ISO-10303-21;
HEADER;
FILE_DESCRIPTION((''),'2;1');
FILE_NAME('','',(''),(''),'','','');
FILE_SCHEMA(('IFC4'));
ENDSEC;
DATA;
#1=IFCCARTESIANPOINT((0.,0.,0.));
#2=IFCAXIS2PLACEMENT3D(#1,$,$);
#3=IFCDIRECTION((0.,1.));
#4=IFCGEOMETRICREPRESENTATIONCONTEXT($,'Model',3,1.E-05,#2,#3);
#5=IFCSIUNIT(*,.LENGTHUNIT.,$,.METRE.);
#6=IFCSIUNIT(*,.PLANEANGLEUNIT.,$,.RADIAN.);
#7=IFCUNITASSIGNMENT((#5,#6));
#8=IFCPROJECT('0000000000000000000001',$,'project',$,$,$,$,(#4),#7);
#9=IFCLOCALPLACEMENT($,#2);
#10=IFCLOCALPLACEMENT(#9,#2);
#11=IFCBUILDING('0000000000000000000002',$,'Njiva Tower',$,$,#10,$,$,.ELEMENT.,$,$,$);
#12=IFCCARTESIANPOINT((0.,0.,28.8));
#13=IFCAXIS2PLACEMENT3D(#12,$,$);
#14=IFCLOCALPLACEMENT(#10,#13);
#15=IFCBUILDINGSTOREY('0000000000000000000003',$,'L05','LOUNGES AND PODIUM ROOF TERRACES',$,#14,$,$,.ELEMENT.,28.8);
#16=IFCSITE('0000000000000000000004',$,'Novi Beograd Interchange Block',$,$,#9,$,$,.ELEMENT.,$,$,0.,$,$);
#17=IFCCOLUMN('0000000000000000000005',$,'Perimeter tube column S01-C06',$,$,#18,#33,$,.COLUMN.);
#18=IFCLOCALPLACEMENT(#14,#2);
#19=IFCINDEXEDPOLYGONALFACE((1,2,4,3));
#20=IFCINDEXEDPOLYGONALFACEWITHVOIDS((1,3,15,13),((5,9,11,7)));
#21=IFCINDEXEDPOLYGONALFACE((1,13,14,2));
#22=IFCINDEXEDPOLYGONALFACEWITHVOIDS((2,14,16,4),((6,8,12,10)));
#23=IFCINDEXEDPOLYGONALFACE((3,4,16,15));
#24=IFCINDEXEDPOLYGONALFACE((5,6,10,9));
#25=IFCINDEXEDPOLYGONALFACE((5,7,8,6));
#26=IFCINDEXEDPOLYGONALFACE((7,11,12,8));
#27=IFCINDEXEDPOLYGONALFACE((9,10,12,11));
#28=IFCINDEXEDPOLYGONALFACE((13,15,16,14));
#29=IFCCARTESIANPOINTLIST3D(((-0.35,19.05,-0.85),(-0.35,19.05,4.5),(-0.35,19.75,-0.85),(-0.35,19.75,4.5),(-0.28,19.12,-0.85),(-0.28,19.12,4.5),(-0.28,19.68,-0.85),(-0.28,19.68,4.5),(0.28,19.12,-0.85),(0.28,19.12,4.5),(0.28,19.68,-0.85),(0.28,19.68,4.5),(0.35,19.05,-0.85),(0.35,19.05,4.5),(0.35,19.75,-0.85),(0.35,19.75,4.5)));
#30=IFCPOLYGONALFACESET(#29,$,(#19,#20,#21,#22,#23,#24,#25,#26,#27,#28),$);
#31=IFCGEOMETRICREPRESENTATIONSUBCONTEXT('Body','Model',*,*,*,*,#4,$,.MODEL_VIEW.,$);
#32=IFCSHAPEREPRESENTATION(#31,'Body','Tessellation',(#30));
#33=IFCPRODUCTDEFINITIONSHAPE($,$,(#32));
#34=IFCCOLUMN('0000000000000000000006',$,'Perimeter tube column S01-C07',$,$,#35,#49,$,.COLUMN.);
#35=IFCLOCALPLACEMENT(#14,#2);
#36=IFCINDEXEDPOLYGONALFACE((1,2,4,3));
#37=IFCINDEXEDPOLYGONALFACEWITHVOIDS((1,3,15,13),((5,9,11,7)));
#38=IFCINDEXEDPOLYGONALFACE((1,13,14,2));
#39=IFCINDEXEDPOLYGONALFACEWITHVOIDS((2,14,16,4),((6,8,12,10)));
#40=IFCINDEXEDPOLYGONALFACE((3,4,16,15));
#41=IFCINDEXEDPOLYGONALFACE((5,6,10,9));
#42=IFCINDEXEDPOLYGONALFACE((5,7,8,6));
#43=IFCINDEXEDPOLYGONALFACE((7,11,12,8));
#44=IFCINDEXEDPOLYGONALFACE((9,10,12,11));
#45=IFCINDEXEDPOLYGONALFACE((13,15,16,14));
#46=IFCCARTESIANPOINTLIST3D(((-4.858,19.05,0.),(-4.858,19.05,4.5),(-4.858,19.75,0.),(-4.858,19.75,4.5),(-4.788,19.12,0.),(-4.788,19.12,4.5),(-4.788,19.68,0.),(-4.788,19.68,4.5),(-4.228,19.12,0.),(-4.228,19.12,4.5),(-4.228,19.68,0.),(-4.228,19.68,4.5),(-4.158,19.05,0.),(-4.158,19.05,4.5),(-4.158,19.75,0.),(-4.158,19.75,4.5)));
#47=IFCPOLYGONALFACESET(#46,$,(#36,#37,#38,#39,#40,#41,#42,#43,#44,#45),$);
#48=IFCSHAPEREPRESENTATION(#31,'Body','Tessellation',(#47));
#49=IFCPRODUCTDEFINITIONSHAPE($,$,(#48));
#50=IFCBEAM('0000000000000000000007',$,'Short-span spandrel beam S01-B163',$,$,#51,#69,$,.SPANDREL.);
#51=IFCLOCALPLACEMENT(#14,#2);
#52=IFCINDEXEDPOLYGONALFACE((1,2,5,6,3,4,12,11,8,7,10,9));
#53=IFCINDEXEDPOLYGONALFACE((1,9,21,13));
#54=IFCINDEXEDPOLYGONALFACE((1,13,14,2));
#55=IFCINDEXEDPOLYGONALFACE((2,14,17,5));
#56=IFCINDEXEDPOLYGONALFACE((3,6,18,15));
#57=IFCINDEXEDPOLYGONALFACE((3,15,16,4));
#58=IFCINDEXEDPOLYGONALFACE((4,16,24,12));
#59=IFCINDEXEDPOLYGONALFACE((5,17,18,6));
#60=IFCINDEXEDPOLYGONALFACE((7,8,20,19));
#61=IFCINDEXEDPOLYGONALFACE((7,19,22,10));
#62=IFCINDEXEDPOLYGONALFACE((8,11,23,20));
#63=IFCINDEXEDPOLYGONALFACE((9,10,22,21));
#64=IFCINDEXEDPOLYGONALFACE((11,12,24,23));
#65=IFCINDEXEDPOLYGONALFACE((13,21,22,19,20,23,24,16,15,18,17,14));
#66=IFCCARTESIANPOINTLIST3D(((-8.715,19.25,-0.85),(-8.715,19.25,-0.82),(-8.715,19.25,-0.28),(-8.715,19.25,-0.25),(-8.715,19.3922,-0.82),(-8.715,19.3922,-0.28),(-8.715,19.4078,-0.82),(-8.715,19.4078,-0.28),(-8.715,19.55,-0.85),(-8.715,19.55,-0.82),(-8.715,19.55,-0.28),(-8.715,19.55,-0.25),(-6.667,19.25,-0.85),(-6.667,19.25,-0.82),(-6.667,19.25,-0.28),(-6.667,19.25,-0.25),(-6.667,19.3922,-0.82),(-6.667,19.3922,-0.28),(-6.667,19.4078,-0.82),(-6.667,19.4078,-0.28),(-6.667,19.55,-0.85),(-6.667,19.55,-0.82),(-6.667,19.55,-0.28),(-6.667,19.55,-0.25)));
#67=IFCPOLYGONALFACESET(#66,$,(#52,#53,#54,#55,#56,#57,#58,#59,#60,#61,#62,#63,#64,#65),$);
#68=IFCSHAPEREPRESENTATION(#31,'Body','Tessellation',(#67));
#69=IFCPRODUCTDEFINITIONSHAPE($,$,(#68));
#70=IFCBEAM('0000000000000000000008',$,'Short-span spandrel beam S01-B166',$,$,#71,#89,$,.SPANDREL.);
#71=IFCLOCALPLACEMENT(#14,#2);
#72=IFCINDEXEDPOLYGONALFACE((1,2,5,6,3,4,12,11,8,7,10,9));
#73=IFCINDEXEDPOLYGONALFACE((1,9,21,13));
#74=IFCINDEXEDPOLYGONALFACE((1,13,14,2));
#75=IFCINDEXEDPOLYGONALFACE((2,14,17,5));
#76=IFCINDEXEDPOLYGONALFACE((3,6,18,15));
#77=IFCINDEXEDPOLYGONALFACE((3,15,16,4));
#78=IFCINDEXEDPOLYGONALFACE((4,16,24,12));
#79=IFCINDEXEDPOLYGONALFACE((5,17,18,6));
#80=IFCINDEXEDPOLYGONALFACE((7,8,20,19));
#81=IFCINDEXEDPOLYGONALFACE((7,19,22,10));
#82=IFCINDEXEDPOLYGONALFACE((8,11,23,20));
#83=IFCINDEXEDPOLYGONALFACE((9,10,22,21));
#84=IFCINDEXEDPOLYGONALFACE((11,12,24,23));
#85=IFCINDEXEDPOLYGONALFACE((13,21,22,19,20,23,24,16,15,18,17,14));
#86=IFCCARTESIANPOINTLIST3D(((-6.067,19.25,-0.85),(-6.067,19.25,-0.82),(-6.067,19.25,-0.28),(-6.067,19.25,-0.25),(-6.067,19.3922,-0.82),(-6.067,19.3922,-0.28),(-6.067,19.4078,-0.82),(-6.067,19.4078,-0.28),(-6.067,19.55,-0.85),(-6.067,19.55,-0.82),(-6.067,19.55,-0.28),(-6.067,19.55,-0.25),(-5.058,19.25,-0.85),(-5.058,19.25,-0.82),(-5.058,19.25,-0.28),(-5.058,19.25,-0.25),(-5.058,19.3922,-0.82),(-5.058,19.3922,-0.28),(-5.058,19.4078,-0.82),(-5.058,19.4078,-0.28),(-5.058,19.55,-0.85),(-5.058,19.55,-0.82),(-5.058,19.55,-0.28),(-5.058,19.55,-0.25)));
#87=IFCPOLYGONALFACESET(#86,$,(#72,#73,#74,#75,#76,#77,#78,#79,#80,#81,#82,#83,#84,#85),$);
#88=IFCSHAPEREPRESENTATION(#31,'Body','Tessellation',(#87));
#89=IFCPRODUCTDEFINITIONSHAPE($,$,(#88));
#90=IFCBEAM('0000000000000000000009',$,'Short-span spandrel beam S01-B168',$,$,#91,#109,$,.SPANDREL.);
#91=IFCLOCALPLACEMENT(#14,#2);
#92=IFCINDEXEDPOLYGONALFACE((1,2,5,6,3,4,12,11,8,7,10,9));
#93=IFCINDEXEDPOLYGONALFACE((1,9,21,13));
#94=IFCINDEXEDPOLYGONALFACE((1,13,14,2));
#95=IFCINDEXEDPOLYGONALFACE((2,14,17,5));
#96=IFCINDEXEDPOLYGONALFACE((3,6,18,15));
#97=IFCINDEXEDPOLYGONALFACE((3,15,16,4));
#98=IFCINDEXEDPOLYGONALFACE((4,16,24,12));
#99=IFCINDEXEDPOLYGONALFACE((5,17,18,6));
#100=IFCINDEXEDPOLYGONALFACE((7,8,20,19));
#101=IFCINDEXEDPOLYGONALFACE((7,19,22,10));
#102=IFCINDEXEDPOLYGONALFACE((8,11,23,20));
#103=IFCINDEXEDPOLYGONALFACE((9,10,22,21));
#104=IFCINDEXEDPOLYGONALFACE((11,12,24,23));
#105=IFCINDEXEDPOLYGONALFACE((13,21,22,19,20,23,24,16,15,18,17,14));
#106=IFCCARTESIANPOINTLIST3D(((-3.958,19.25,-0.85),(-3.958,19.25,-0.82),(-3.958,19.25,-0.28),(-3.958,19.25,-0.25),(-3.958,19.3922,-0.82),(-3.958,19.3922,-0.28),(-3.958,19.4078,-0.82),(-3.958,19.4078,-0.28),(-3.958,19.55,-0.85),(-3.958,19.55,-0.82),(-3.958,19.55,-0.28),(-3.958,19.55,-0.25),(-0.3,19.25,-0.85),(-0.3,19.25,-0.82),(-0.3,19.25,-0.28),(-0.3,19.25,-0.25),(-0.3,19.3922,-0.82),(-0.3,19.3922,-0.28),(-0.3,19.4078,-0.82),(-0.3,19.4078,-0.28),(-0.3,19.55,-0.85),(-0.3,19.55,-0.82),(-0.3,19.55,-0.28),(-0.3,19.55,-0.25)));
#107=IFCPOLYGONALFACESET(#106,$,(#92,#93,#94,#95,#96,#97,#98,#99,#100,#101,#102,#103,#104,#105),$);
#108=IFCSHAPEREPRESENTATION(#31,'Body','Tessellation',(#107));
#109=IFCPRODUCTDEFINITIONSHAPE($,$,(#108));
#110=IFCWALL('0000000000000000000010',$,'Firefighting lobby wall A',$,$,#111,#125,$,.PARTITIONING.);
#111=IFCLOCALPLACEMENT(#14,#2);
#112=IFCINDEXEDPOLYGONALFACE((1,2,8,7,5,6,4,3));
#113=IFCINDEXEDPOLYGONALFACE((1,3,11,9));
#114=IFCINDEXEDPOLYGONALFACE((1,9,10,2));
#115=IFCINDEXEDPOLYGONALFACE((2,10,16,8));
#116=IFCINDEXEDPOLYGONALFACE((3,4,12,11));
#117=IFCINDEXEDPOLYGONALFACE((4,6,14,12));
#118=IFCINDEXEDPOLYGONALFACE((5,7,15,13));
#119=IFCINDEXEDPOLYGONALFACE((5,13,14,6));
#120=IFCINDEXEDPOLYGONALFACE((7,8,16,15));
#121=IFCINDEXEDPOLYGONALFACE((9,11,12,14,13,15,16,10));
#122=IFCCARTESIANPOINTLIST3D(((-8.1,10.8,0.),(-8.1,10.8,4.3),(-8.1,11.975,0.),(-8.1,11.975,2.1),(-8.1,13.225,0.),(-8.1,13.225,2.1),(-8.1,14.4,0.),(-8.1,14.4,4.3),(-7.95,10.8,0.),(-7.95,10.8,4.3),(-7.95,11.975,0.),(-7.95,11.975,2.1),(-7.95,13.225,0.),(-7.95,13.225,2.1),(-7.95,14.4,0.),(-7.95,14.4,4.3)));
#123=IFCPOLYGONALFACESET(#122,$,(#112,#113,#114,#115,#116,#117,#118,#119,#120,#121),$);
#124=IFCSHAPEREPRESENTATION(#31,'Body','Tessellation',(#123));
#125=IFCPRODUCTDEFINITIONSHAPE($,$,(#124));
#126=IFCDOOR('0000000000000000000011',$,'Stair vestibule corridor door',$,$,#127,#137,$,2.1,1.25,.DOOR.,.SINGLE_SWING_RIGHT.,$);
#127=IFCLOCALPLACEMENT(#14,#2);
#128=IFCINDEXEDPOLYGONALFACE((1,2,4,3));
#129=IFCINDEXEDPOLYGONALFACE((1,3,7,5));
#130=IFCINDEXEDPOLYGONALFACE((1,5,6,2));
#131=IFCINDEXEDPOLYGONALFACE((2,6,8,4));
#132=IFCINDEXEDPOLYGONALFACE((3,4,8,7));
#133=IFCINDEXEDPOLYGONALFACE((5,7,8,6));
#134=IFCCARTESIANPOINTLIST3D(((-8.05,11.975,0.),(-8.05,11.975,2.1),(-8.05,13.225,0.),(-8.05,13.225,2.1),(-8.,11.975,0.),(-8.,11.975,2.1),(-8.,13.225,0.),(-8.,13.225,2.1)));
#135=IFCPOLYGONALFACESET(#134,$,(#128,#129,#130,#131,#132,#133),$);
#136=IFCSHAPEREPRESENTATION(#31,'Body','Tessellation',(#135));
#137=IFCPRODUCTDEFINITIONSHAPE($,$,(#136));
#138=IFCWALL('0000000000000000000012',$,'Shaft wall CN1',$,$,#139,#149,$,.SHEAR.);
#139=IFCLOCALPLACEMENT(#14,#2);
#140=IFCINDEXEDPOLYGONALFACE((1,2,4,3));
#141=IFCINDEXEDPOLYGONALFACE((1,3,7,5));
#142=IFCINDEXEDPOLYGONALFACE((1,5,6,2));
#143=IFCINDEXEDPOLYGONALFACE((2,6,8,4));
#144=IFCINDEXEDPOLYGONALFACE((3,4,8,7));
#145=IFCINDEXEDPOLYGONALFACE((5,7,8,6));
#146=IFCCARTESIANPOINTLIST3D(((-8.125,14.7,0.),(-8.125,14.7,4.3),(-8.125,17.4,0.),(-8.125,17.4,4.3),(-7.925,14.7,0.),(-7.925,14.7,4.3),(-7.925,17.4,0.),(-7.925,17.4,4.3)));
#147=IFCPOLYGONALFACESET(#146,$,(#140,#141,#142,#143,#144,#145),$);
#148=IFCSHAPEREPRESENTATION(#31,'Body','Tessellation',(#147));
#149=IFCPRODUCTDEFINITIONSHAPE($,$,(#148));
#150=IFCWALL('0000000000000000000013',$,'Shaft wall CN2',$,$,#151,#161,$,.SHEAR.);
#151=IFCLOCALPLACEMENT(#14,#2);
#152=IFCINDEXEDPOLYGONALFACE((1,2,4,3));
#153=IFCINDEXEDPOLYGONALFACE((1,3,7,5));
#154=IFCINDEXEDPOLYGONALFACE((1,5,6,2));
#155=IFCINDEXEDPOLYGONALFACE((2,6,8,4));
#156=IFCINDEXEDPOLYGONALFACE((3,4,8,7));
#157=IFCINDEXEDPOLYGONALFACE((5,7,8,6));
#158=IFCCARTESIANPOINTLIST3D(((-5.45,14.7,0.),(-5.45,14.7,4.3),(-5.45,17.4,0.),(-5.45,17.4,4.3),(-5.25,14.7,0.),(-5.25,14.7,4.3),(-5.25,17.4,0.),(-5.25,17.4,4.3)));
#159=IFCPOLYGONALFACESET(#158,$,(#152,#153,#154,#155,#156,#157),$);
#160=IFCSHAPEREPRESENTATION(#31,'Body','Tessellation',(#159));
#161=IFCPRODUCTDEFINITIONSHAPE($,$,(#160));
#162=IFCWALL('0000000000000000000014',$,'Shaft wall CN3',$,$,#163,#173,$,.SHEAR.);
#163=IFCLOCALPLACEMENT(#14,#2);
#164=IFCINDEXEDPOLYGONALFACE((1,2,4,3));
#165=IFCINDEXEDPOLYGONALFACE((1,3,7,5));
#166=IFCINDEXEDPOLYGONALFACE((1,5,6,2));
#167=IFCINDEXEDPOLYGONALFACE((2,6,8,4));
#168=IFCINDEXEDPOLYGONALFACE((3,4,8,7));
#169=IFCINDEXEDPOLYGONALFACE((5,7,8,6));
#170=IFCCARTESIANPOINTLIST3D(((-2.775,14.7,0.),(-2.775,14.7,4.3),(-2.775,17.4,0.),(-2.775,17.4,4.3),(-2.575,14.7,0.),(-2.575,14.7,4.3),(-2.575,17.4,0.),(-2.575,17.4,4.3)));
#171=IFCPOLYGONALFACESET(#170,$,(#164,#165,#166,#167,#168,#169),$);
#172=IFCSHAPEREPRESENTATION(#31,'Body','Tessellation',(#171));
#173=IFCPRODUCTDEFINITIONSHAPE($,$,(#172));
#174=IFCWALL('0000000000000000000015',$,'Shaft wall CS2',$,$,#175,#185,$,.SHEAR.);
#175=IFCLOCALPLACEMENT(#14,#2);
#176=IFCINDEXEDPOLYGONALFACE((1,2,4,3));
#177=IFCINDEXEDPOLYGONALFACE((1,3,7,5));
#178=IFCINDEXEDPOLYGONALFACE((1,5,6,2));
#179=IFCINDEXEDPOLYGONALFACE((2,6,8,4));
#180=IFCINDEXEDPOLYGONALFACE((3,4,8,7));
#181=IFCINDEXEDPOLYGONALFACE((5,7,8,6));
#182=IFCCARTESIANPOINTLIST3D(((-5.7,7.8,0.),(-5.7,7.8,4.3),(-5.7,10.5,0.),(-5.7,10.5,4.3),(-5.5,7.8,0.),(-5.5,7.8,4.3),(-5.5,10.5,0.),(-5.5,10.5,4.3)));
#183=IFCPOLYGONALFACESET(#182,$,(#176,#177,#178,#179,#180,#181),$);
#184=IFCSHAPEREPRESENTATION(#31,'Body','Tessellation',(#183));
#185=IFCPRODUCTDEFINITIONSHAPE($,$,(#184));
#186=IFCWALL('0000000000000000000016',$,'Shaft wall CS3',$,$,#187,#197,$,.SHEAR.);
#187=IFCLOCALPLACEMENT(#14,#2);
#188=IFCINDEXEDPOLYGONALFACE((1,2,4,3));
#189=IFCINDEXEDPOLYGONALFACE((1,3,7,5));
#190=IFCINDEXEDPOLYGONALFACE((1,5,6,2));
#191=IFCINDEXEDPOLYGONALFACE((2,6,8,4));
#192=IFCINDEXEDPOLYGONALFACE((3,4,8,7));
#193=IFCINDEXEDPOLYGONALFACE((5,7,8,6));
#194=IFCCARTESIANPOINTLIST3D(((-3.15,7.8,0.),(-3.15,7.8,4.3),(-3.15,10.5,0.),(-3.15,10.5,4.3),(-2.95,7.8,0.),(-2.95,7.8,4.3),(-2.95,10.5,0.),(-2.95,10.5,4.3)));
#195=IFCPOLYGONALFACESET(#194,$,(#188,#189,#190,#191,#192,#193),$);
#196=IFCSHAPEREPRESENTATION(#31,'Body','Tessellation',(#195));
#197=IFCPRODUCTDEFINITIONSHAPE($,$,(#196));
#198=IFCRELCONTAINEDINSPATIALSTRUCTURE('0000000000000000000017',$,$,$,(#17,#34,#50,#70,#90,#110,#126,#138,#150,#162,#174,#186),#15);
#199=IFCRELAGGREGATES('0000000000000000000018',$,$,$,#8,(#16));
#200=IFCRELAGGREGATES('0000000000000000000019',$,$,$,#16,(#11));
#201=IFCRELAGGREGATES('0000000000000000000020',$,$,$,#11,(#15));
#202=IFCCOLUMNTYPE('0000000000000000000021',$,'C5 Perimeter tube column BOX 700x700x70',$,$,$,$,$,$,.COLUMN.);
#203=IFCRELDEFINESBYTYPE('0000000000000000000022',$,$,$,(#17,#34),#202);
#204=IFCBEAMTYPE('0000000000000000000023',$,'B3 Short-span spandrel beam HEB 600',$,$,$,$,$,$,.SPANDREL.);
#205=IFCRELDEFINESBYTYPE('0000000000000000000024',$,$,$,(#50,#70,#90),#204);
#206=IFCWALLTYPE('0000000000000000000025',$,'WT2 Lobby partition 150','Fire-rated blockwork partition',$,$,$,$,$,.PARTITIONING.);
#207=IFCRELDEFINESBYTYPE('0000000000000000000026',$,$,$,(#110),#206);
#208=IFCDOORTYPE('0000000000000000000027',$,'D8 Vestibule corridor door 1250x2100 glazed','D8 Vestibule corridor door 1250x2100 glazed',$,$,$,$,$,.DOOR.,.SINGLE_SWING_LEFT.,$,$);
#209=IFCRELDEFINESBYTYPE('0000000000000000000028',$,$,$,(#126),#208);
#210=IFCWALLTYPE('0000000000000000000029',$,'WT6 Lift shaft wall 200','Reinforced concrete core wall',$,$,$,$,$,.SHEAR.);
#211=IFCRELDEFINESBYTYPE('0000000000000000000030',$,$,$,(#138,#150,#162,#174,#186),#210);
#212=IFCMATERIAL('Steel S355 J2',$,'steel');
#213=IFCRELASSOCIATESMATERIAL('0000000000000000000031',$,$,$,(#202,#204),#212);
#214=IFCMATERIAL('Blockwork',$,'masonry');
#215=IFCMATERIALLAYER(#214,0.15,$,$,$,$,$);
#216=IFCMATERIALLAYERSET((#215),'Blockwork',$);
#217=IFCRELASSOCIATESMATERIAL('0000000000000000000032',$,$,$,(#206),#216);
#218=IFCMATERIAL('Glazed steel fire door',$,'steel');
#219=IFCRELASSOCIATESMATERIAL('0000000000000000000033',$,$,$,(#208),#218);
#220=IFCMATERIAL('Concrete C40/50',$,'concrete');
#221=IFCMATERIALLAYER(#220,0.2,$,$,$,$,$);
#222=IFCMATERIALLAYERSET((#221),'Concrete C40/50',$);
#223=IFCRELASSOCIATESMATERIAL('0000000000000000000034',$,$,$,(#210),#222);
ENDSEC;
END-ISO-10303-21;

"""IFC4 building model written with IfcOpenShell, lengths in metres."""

from ifc_helpers import new_model, si_unit, direction, frame, frame_2d, origin, origin_2d, place, context, subcontext, project, spatial, rectangle, hollow_rectangle, i_section, extrude, material, layer, layer_set, material_profile, profile_set, type_object, element, fill, save


model = new_model("IFC4")

# Units and contexts
model_context = context("Model", 3, precision=1e-05, world=origin(), true_north=direction((0.0, 1.0)))
body_context = subcontext(model_context, "Body", "Model", "MODEL_VIEW")
ifc_project = project(units=[si_unit("LENGTHUNIT", "METRE"), si_unit("PLANEANGLEUNIT", "RADIAN")], contexts=[model_context])

# Site, building, storey
site_placement = place(None, origin())
site = spatial("IfcSite", under=ifc_project, at=site_placement, Name="Novi Beograd Interchange Block", CompositionType="ELEMENT", RefElevation=0.0)
building_placement = place(site_placement, origin())
building = spatial("IfcBuilding", under=site, at=building_placement, Name="Njiva Tower", CompositionType="ELEMENT")
storey_placement = place(building_placement, frame((0.0, 0.0, 28.8)))
storey = spatial("IfcBuildingStorey", under=building, at=storey_placement, Name="L05", Description="LOUNGES AND PODIUM ROOF TERRACES", CompositionType="ELEMENT", Elevation=28.8)

# Columns
ifc_material_1 = material(Name="Steel S355 J2", Category="steel")
ifc_material_profile_1 = material_profile(ifc_material_1, hollow_rectangle(XDim=0.7, YDim=0.7, WallThickness=0.07, at=origin_2d()), Name="BOX 700x700x70")
ifc_profile_set_1 = profile_set([ifc_material_profile_1], Name="Steel S355 J2")
column_type = type_object("IfcColumnType", Name="C5 Perimeter tube column BOX 700x700x70", PredefinedType="COLUMN", material=ifc_profile_set_1)
column_1_placement = place(storey_placement, frame((0.0, 19.4, -0.85), z_axis=(0.0, 0.0, 1.0), x_axis=(-1.0, 0.0, 0.0)))
element("IfcColumn", 1, at=column_1_placement, inside=storey, type_object=column_type, Name="Perimeter tube column S01-C06", PredefinedType="COLUMN", context=body_context, shape_type="SweptSolid", body=[
    extrude(hollow_rectangle(XDim=0.7, YDim=0.7, WallThickness=0.07, at=origin_2d()), origin(), (0.0, 0.0, 1.0), 5.35),
])
column_2_placement = place(storey_placement, frame((-4.508, 19.4, 0.0), z_axis=(0.0, 0.0, 1.0), x_axis=(-1.0, 0.0, 0.0)))
element("IfcColumn", 2, at=column_2_placement, inside=storey, type_object=column_type, Name="Perimeter tube column S01-C07", PredefinedType="COLUMN", context=body_context, shape_type="SweptSolid", body=[
    extrude(hollow_rectangle(XDim=0.7, YDim=0.7, WallThickness=0.07, at=origin_2d()), origin(), (0.0, 0.0, 1.0), 4.5),
])

# Beams
ifc_material_profile_2 = material_profile(ifc_material_1, i_section(OverallWidth=0.3, OverallDepth=0.6, WebThickness=0.0155, FlangeThickness=0.03, at=origin_2d()), Name="HEB 600")
ifc_profile_set_2 = profile_set([ifc_material_profile_2], Name="Steel S355 J2")
beam_type = type_object("IfcBeamType", Name="B3 Short-span spandrel beam HEB 600", PredefinedType="SPANDREL", material=ifc_profile_set_2)
beam_1_placement = place(storey_placement, frame((-8.715, 19.4, -0.55), z_axis=(1.0, 0.0, 0.0), x_axis=(0.0, 1.0, 0.0)))
element("IfcBeam", 3, at=beam_1_placement, inside=storey, type_object=beam_type, Name="Short-span spandrel beam S01-B163", PredefinedType="SPANDREL", context=body_context, shape_type="SweptSolid", body=[
    extrude(i_section(OverallWidth=0.3, OverallDepth=0.6, WebThickness=0.0155, FlangeThickness=0.03, at=origin_2d()), origin(), (0.0, 0.0, 1.0), 2.048),
])
beam_2_placement = place(storey_placement, frame((-6.067, 19.4, -0.55), z_axis=(1.0, 0.0, 0.0), x_axis=(0.0, 1.0, 0.0)))
element("IfcBeam", 4, at=beam_2_placement, inside=storey, type_object=beam_type, Name="Short-span spandrel beam S01-B166", PredefinedType="SPANDREL", context=body_context, shape_type="SweptSolid", body=[
    extrude(i_section(OverallWidth=0.3, OverallDepth=0.6, WebThickness=0.0155, FlangeThickness=0.03, at=origin_2d()), origin(), (0.0, 0.0, 1.0), 1.009),
])
beam_3_placement = place(storey_placement, frame((-3.958, 19.4, -0.55), z_axis=(1.0, 0.0, 0.0), x_axis=(0.0, 1.0, 0.0)))
element("IfcBeam", 5, at=beam_3_placement, inside=storey, type_object=beam_type, Name="Short-span spandrel beam S01-B168", PredefinedType="SPANDREL", context=body_context, shape_type="SweptSolid", body=[
    extrude(i_section(OverallWidth=0.3, OverallDepth=0.6, WebThickness=0.0155, FlangeThickness=0.03, at=origin_2d()), origin(), (0.0, 0.0, 1.0), 3.658),
])

# Wall, opening, door
ifc_material_2 = material(Name="Blockwork", Category="masonry")
ifc_layer_1 = layer(ifc_material_2, 0.15)
ifc_layer_set_1 = layer_set([ifc_layer_1], Name="Blockwork")
wall_type_1 = type_object("IfcWallType", Name="WT2 Lobby partition 150", Description="Fire-rated blockwork partition", PredefinedType="PARTITIONING", material=ifc_layer_set_1)
wall_placement = place(storey_placement, frame((-8.025, 10.8, 0.0), z_axis=(0.0, 0.0, 1.0), x_axis=(0.0, 1.0, 0.0)))
wall = element("IfcWall", 6, at=wall_placement, inside=storey, type_object=wall_type_1, Name="Firefighting lobby wall A", PredefinedType="PARTITIONING", context=body_context, shape_type="SweptSolid", body=[
    extrude(rectangle(XDim=3.6, YDim=0.15, at=frame_2d((1.8, 0.0))), origin(), (0.0, 0.0, 1.0), 4.3),
])
opening_placement = place(wall_placement, frame((1.175, 0.0, 0.0)))
opening = element("IfcOpeningElement", 7, at=opening_placement, cuts=wall, PredefinedType="OPENING", context=body_context, shape_type="SweptSolid", body=[
    extrude(rectangle(XDim=1.25, YDim=2.1, at=frame_2d((0.625, 1.05))), frame((0.0, 0.085, 0.0), z_axis=(0.0, -1.0, 0.0), x_axis=(1.0, 0.0, 0.0)), (0.0, 0.0, 1.0), 0.17),
])
ifc_material_3 = material(Name="Glazed steel fire door", Category="steel")
door_type = type_object("IfcDoorType", Name="D8 Vestibule corridor door 1250x2100 glazed", Description="D8 Vestibule corridor door 1250x2100 glazed", OperationType="SINGLE_SWING_LEFT", PredefinedType="DOOR", material=ifc_material_3)
door_placement = place(opening_placement, origin())
door = element("IfcDoor", 8, at=door_placement, inside=storey, type_object=door_type, Name="Stair vestibule corridor door", OperationType="SINGLE_SWING_RIGHT", OverallHeight=2.1, OverallWidth=1.25, PredefinedType="DOOR", context=body_context, shape_type="SweptSolid", body=[
    extrude(rectangle(XDim=1.25, YDim=2.1, at=frame_2d((0.625, 1.05))), frame((0.0, 0.025, 0.0), z_axis=(0.0, -1.0, 0.0), x_axis=(1.0, 0.0, 0.0)), (0.0, 0.0, 1.0), 0.05),
])
fill(opening, door)

# Walls
ifc_material_4 = material(Name="Concrete C40/50", Category="concrete")
ifc_layer_2 = layer(ifc_material_4, 0.2)
ifc_layer_set_2 = layer_set([ifc_layer_2], Name="Concrete C40/50")
wall_type_2 = type_object("IfcWallType", Name="WT6 Lift shaft wall 200", Description="Reinforced concrete core wall", PredefinedType="SHEAR", material=ifc_layer_set_2)
for number, where, z_axis, x_axis, name in (
    (9, (-8.025, 14.7, 0.0), (0.0, 0.0, 1.0), (0.0, 1.0, 0.0), "Shaft wall CN1"),
    (10, (-5.35, 14.7, 0.0), (0.0, 0.0, 1.0), (0.0, 1.0, 0.0), "Shaft wall CN2"),
    (11, (-2.675, 14.7, 0.0), (0.0, 0.0, 1.0), (0.0, 1.0, 0.0), "Shaft wall CN3"),
    (12, (-5.6, 7.8, 0.0), (0.0, 0.0, 1.0), (0.0, 1.0, 0.0), "Shaft wall CS2"),
    (13, (-3.05, 7.8, 0.0), (0.0, 0.0, 1.0), (0.0, 1.0, 0.0), "Shaft wall CS3"),
):
    element("IfcWall", number, at=place(storey_placement, frame(where, z_axis=z_axis, x_axis=x_axis)), inside=storey, type_object=wall_type_2, Name=name, PredefinedType="SHEAR", context=body_context, shape_type="SweptSolid", body=[
        extrude(rectangle(XDim=2.7, YDim=0.2, at=frame_2d((1.35, 0.0))), origin(), (0.0, 0.0, 1.0), 4.3),
    ])

save(model, "model.ifc")
